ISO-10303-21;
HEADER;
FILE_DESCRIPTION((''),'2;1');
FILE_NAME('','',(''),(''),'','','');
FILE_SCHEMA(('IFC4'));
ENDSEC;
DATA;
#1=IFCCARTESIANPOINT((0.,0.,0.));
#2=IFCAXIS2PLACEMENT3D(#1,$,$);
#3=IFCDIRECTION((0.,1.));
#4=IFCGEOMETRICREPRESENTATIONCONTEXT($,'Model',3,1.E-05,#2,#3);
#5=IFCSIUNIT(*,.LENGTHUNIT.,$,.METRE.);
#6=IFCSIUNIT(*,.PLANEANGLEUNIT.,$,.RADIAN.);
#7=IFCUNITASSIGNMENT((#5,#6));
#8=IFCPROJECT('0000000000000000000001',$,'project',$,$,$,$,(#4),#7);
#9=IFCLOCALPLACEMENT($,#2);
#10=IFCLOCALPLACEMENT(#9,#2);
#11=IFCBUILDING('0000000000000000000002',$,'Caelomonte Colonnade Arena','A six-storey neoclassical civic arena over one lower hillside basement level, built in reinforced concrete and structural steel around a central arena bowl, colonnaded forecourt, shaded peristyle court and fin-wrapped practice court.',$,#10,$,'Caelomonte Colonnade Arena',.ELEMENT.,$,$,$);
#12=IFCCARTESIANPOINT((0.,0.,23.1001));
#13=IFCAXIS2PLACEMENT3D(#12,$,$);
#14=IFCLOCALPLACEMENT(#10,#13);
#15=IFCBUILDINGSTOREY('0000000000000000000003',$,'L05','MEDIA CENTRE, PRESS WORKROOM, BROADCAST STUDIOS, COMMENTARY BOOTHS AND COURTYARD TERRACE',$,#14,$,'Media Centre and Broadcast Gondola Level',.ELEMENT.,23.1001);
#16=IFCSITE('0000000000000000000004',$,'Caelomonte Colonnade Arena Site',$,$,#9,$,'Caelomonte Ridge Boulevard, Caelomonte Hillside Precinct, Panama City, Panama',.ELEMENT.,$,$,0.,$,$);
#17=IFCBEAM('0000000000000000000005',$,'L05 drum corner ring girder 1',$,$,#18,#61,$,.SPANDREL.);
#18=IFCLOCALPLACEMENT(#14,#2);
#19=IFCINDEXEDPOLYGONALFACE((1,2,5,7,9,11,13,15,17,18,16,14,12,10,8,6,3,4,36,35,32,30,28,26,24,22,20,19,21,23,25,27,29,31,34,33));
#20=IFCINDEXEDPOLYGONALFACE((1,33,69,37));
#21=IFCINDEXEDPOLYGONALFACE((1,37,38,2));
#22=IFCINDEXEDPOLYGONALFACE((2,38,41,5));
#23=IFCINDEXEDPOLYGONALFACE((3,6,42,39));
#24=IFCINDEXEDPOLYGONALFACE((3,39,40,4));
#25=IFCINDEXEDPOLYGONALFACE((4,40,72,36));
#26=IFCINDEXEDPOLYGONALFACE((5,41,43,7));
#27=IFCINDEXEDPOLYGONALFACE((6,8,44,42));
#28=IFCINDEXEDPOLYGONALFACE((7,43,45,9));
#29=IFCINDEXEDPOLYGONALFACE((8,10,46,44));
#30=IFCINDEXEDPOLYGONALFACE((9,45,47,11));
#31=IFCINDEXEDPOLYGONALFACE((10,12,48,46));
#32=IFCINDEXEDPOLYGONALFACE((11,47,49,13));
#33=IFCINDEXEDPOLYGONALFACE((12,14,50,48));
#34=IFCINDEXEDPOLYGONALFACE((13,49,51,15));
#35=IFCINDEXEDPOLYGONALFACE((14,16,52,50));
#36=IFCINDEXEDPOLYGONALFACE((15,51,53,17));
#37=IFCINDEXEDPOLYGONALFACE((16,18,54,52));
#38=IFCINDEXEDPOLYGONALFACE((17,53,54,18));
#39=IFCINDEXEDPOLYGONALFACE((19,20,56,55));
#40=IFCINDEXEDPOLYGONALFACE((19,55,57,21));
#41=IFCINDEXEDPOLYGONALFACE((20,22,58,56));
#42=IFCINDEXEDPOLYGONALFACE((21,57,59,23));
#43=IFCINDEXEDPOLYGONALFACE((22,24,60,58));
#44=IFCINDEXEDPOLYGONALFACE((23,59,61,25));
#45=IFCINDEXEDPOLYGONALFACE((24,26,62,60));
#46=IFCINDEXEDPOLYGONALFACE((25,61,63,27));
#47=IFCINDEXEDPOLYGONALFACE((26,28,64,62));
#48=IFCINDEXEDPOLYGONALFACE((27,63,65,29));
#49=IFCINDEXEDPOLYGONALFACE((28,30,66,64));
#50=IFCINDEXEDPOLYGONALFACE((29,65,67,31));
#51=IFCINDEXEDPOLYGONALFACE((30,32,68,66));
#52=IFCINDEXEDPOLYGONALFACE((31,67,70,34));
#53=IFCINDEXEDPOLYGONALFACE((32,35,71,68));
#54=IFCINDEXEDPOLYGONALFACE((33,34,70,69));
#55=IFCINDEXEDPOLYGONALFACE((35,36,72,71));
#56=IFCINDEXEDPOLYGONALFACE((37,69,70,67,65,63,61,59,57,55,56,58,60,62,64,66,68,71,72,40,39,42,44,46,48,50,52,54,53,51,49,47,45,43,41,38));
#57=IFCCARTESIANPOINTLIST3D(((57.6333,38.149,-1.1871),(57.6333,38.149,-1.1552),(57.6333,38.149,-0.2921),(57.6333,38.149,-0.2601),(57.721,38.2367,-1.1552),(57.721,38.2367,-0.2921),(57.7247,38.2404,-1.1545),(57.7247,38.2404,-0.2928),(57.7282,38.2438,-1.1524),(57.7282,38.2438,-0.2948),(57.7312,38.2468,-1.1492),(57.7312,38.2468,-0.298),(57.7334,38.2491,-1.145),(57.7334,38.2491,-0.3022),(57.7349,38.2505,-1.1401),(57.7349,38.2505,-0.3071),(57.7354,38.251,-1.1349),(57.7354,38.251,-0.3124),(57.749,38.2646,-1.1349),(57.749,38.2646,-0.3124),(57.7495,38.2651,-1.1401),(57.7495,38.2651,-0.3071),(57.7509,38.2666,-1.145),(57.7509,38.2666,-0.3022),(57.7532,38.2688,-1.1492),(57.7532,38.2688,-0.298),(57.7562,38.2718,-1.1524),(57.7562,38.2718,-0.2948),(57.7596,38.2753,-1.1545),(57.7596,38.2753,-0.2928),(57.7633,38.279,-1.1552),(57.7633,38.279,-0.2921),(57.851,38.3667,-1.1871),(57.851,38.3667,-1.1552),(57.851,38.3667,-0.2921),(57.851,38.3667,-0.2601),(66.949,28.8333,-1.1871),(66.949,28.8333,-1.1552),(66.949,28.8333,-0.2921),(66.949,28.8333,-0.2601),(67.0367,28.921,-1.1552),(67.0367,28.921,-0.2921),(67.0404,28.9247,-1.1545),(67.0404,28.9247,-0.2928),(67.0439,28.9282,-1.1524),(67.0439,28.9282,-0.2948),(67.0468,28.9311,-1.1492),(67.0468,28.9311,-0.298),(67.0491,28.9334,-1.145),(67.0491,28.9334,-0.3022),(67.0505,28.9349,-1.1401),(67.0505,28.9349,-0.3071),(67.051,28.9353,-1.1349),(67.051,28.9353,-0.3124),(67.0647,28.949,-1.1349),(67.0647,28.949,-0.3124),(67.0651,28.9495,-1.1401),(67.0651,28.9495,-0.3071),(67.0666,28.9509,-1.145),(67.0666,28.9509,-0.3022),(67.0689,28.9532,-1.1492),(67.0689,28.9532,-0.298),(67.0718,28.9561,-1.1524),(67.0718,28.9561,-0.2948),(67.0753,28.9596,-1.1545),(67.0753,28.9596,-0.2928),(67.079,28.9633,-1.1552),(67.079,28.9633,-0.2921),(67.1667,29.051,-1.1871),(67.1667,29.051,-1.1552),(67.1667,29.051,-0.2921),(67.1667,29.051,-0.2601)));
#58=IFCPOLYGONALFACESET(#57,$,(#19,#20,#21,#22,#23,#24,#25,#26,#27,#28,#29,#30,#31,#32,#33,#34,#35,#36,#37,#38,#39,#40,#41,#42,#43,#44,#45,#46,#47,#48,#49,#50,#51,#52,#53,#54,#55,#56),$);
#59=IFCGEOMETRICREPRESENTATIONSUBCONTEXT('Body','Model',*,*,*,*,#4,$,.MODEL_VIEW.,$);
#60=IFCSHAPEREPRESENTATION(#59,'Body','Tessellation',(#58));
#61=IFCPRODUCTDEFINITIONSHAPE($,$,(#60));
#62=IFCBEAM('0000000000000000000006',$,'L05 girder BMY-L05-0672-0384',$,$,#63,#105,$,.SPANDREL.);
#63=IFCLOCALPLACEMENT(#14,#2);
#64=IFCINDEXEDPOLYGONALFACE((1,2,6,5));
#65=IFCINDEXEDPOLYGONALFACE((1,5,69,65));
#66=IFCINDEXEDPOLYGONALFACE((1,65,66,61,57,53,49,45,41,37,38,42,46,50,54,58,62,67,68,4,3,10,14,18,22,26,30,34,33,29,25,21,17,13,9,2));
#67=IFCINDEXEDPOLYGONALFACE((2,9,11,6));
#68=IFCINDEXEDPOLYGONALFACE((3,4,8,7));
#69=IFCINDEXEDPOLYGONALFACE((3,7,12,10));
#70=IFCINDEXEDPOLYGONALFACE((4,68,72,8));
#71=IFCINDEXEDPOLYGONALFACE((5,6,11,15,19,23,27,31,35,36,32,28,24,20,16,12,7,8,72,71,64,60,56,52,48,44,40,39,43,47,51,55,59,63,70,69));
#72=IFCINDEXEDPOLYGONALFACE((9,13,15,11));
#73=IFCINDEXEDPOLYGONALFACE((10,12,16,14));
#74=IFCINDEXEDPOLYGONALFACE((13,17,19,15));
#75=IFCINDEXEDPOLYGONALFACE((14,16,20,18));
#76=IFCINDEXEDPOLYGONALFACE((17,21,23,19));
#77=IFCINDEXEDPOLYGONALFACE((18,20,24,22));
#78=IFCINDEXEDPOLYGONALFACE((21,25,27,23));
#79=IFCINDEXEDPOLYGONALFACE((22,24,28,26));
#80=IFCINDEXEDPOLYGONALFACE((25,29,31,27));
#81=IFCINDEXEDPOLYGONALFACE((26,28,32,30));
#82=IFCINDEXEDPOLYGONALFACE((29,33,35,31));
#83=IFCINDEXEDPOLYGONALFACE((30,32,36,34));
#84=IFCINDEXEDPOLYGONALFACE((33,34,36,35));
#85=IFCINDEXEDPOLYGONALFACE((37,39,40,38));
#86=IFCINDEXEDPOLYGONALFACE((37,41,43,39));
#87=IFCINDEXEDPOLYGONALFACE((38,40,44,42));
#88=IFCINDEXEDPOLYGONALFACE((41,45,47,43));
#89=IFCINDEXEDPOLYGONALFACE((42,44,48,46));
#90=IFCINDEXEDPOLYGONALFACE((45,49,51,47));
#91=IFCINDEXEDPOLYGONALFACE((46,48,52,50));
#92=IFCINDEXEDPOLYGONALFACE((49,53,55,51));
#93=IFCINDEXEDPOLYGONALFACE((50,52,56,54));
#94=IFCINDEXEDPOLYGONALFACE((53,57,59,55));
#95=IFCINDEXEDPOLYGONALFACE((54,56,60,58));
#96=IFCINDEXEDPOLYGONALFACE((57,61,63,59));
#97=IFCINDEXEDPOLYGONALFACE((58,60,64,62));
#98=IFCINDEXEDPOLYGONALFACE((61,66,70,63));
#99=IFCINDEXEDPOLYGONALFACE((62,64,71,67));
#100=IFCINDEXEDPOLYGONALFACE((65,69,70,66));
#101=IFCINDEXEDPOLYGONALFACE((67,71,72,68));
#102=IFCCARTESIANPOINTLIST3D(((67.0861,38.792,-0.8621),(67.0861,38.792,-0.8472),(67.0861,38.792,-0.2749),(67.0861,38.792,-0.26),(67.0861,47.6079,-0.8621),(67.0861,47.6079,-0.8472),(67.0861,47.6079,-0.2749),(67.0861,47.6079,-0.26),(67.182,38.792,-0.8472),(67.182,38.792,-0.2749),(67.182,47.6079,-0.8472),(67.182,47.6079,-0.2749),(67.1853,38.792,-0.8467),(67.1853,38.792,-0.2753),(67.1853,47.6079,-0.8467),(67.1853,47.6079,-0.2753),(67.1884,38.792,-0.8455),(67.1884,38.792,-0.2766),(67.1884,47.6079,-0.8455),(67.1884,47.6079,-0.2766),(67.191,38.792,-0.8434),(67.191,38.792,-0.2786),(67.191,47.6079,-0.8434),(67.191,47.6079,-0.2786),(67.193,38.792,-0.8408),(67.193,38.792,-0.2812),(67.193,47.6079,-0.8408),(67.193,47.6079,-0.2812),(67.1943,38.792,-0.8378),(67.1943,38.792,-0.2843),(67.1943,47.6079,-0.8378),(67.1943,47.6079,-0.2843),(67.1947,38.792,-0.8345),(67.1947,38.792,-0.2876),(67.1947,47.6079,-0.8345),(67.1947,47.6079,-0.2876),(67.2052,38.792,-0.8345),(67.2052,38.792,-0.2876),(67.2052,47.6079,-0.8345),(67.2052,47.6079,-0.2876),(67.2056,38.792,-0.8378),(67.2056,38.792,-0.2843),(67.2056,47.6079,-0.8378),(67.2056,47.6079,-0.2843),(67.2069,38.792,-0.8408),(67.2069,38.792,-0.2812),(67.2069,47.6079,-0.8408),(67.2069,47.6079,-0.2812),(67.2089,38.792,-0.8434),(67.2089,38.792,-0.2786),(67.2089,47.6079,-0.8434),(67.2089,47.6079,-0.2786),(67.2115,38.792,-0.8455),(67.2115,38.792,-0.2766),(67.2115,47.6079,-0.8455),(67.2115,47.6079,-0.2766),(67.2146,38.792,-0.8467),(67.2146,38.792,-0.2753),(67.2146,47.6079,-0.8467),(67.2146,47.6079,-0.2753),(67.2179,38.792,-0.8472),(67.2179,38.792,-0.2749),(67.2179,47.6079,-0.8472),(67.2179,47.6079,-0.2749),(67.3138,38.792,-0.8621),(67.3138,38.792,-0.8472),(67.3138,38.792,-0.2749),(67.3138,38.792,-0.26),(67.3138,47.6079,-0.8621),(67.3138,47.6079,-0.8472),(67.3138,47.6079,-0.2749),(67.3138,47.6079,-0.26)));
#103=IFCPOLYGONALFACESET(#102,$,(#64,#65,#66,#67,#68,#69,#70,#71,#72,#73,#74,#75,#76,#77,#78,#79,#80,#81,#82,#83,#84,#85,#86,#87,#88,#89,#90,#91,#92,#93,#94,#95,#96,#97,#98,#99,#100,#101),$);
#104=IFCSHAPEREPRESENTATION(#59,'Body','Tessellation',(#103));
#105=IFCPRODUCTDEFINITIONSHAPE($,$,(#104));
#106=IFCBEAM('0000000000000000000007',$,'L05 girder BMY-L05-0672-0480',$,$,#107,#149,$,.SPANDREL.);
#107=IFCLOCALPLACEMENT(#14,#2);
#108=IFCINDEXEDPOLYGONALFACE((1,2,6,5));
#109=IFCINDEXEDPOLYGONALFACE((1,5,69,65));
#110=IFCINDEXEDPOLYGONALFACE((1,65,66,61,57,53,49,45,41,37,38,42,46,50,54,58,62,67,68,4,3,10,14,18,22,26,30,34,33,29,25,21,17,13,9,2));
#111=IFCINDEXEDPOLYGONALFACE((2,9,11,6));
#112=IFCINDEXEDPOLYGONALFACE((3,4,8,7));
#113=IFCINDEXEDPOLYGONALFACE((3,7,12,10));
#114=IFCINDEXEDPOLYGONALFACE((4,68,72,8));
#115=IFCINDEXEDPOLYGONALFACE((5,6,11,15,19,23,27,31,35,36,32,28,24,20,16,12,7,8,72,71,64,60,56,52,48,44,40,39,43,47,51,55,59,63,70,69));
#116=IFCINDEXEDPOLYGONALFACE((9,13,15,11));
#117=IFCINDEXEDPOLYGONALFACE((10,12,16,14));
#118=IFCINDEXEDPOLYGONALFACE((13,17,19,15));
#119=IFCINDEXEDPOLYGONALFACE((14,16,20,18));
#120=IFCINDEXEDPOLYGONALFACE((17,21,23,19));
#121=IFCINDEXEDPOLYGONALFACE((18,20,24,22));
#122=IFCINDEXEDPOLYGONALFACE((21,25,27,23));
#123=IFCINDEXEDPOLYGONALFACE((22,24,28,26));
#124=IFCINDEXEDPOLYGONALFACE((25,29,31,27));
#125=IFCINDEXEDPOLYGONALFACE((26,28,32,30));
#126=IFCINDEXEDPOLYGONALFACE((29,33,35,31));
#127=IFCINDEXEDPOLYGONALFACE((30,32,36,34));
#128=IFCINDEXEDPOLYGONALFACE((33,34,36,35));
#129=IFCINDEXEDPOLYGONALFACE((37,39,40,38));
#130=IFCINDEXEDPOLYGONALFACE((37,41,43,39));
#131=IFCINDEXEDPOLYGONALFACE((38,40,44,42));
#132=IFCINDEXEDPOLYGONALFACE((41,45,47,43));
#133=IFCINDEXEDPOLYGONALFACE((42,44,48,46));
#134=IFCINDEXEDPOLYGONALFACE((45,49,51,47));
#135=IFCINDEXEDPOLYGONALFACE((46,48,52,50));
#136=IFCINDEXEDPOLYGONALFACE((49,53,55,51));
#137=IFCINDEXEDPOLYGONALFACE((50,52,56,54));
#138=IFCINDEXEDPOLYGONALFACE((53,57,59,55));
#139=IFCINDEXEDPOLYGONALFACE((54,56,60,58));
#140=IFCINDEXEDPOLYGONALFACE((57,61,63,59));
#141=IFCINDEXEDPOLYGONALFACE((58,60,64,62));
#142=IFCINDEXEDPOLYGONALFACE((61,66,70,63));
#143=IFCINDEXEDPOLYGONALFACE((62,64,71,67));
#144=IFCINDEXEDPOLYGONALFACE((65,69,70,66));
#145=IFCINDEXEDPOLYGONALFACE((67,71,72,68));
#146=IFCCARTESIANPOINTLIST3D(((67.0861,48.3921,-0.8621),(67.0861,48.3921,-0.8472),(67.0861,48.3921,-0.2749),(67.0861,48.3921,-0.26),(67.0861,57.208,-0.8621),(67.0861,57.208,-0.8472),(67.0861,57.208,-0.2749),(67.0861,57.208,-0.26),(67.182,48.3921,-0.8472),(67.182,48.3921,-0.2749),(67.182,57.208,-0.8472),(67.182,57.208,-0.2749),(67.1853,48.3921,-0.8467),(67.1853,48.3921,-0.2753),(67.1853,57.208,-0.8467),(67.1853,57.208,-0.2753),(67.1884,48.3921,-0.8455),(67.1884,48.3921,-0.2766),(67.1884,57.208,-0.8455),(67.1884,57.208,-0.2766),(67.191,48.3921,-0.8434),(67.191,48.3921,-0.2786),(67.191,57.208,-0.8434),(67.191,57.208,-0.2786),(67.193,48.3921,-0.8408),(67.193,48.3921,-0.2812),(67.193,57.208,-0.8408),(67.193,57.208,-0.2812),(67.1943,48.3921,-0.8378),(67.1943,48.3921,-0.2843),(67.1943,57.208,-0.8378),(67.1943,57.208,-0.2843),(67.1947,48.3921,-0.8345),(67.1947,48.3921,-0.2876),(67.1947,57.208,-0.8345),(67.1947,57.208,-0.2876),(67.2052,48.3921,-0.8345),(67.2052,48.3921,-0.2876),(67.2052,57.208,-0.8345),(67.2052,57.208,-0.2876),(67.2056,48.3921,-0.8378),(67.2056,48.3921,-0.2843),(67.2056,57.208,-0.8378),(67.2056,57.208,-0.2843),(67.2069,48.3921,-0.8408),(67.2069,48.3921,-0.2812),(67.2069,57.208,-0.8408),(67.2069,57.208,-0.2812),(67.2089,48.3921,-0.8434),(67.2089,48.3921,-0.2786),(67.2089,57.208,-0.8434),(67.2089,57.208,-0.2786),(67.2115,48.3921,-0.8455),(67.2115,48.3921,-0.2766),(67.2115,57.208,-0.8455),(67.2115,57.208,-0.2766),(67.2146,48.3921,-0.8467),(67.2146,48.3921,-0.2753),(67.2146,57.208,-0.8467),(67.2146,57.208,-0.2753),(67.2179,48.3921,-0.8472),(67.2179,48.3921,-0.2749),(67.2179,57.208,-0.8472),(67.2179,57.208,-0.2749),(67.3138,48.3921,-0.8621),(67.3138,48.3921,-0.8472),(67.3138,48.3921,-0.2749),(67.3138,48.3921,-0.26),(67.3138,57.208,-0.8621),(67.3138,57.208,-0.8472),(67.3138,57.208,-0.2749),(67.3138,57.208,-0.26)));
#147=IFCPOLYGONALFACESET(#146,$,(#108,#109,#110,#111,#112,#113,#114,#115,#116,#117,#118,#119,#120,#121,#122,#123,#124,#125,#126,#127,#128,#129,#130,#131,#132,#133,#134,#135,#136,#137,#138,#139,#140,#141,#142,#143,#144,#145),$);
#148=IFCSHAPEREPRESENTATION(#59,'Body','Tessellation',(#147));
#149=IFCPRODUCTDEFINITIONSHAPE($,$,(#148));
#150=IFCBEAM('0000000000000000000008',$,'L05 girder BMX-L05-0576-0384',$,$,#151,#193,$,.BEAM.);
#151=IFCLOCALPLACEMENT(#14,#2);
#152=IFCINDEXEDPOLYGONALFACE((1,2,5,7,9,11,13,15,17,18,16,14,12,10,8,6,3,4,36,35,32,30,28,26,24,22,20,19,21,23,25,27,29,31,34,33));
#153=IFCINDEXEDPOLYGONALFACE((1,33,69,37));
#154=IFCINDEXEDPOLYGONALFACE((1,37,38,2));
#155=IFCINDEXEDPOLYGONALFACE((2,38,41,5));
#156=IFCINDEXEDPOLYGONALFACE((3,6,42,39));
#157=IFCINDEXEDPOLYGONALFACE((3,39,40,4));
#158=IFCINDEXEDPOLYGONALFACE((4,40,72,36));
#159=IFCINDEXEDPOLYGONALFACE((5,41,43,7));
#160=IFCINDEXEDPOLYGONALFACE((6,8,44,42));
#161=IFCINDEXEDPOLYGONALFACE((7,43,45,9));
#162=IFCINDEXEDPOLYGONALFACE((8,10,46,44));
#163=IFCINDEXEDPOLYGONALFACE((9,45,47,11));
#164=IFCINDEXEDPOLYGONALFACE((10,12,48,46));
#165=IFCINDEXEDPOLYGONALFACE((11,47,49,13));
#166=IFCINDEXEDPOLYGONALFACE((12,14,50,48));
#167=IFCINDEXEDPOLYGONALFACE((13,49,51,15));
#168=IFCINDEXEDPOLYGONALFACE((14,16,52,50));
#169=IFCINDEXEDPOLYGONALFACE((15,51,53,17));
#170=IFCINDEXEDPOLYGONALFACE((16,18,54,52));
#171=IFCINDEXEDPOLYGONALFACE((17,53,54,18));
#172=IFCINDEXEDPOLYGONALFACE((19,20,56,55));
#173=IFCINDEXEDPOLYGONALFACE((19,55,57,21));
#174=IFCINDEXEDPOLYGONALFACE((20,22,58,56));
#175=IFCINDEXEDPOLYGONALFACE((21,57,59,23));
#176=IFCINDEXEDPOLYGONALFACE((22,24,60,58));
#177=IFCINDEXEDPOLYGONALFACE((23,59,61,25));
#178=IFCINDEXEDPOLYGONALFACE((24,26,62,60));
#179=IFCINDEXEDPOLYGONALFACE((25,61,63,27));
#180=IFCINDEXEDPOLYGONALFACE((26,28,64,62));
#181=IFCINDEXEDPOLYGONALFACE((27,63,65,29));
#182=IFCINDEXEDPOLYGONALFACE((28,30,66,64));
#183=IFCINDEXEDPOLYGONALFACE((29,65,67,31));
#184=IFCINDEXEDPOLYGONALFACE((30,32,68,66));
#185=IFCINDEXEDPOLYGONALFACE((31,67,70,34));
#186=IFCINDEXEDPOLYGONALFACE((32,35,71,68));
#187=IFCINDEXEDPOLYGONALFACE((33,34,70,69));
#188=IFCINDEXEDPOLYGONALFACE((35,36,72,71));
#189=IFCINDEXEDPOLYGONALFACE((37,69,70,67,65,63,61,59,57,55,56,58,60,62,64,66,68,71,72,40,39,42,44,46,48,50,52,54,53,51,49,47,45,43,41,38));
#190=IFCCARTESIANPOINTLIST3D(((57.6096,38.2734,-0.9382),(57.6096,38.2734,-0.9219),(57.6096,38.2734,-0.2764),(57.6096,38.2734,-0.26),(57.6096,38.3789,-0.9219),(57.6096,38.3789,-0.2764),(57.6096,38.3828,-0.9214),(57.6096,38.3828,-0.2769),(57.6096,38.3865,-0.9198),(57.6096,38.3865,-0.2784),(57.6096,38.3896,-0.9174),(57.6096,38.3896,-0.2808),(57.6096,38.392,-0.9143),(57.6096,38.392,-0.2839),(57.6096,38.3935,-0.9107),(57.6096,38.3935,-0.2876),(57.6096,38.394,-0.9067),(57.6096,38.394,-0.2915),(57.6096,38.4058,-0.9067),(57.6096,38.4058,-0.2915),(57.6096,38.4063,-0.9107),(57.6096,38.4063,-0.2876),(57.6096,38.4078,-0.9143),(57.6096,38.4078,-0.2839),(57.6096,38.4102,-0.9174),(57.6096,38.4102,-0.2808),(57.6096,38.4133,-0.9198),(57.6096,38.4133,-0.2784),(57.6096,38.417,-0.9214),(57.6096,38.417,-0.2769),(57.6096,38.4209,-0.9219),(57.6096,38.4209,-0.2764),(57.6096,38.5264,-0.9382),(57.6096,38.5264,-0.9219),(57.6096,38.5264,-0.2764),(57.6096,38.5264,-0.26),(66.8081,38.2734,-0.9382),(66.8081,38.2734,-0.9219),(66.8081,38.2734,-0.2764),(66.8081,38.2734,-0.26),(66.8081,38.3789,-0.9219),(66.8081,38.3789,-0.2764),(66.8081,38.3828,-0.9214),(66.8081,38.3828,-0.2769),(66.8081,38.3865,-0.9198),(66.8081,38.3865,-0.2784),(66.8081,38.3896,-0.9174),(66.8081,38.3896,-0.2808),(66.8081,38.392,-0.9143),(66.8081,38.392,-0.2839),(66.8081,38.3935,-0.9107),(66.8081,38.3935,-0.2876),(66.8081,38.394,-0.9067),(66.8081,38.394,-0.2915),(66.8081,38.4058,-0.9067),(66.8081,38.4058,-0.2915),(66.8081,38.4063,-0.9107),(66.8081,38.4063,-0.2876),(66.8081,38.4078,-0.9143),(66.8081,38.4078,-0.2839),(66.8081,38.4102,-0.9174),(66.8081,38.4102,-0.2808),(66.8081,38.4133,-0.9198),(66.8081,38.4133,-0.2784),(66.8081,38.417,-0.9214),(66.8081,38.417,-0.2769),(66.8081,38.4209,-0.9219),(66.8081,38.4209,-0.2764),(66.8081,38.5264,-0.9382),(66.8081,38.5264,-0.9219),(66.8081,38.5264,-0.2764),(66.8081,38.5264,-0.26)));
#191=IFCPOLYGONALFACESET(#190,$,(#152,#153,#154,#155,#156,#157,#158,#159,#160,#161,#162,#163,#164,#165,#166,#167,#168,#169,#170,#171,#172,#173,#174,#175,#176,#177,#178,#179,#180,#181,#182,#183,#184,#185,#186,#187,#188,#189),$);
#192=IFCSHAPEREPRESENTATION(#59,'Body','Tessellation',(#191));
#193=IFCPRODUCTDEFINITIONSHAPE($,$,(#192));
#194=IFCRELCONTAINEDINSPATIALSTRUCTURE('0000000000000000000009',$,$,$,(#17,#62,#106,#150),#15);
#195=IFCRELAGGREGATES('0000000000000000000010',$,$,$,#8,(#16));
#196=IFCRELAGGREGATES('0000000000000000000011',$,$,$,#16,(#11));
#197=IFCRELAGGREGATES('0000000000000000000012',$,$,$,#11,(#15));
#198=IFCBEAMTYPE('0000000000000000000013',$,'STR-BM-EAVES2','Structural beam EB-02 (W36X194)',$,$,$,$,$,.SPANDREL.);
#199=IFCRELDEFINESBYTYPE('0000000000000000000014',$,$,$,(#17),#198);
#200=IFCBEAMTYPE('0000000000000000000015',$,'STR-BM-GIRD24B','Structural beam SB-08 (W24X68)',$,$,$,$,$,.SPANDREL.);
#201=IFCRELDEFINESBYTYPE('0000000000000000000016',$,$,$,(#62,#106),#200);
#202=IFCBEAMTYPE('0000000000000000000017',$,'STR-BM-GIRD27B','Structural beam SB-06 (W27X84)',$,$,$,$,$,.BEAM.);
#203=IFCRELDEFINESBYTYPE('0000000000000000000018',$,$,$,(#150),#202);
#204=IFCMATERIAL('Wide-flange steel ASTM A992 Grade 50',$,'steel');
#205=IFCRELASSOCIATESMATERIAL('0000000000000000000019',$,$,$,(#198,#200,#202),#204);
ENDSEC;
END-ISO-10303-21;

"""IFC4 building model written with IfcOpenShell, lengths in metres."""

from ifc_helpers import new_model, si_unit, direction, frame, origin, origin_2d, place, context, subcontext, project, spatial, i_section, extrude, material, material_profile, profile_set, type_object, element, save


model = new_model("IFC4")

# Units and contexts
model_context = context("Model", 3, precision=1e-05, world=origin(), true_north=direction((0.0, 1.0)))
body_context = subcontext(model_context, "Body", "Model", "MODEL_VIEW")
ifc_project = project(units=[si_unit("LENGTHUNIT", "METRE"), si_unit("PLANEANGLEUNIT", "RADIAN")], contexts=[model_context])

# Site, building, storey
site_placement = place(None, origin())
site = spatial("IfcSite", under=ifc_project, at=site_placement, Name="Caelomonte Colonnade Arena Site", LongName="Caelomonte Ridge Boulevard, Caelomonte Hillside Precinct, Panama City, Panama", CompositionType="ELEMENT", RefElevation=0.0)
building_placement = place(site_placement, origin())
building = spatial("IfcBuilding", under=site, at=building_placement, Name="Caelomonte Colonnade Arena", Description="A six-storey neoclassical civic arena over one lower hillside basement level, built in reinforced concrete and structural steel around a central arena bowl, colonnaded forecourt, shaded peristyle court and fin-wrapped practice court.", LongName="Caelomonte Colonnade Arena", CompositionType="ELEMENT")
storey_placement = place(building_placement, frame((0.0, 0.0, 23.1001)))
storey = spatial("IfcBuildingStorey", under=building, at=storey_placement, Name="L05", Description="MEDIA CENTRE, PRESS WORKROOM, BROADCAST STUDIOS, COMMENTARY BOOTHS AND COURTYARD TERRACE", LongName="Media Centre and Broadcast Gondola Level", CompositionType="ELEMENT", Elevation=23.1001)

# Shared definitions
ifc_material_1 = material(Name="Wide-flange steel ASTM A992 Grade 50", Category="steel")

# Beams
ifc_material_profile_1 = material_profile(ifc_material_1, i_section(OverallWidth=0.3079, OverallDepth=0.927, WebThickness=0.0193, FlangeThickness=0.032, FilletRadius=0.0203, at=origin_2d()), Name="W36X194")
ifc_profile_set_1 = profile_set([ifc_material_profile_1], Name="Wide-flange steel ASTM A992 Grade 50")
beam_type_1 = type_object("IfcBeamType", Name="STR-BM-EAVES2", Description="Structural beam EB-02 (W36X194)", PredefinedType="SPANDREL", material=ifc_profile_set_1)
beam_1_placement = place(storey_placement, frame((57.7422, 38.2578, -0.7236), z_axis=(0.707107, -0.707107, 0.0), x_axis=(0.707107, 0.707107, 0.0)))
element("IfcBeam", 1, at=beam_1_placement, inside=storey, type_object=beam_type_1, Name="L05 drum corner ring girder 1", PredefinedType="SPANDREL", context=body_context, shape_type="SweptSolid", body=[
    extrude(i_section(OverallWidth=0.3079, OverallDepth=0.927, WebThickness=0.0193, FlangeThickness=0.032, FilletRadius=0.0203, at=origin_2d()), origin(), (0.0, 0.0, 1.0), 13.1743),
])
ifc_material_profile_2 = material_profile(ifc_material_1, i_section(OverallWidth=0.2278, OverallDepth=0.6021, WebThickness=0.0105, FlangeThickness=0.0149, FilletRadius=0.0127, at=origin_2d()), Name="W24X68")
ifc_profile_set_2 = profile_set([ifc_material_profile_2], Name="Wide-flange steel ASTM A992 Grade 50")
beam_type_2 = type_object("IfcBeamType", Name="STR-BM-GIRD24B", Description="Structural beam SB-08 (W24X68)", PredefinedType="SPANDREL", material=ifc_profile_set_2)
for number, where, z_axis, x_axis, name in (
    (2, (67.2, 38.792, -0.561), (0.0, 1.0, 0.0), (-1.0, 0.0, 0.0), "L05 girder BMY-L05-0672-0384"),
    (3, (67.2, 48.3921, -0.561), (0.0, 1.0, 0.0), (-1.0, 0.0, 0.0), "L05 girder BMY-L05-0672-0480"),
):
    element("IfcBeam", number, at=place(storey_placement, frame(where, z_axis=z_axis, x_axis=x_axis)), inside=storey, type_object=beam_type_2, Name=name, PredefinedType="SPANDREL", context=body_context, shape_type="SweptSolid", body=[
        extrude(i_section(OverallWidth=0.2278, OverallDepth=0.6021, WebThickness=0.0105, FlangeThickness=0.0149, FilletRadius=0.0127, at=origin_2d()), origin(), (0.0, 0.0, 1.0), 8.8159),
    ])
ifc_material_profile_3 = material_profile(ifc_material_1, i_section(OverallWidth=0.2529, OverallDepth=0.6782, WebThickness=0.0117, FlangeThickness=0.0164, FilletRadius=0.0151, at=origin_2d()), Name="W27X84")
ifc_profile_set_3 = profile_set([ifc_material_profile_3], Name="Wide-flange steel ASTM A992 Grade 50")
beam_type_3 = type_object("IfcBeamType", Name="STR-BM-GIRD27B", Description="Structural beam SB-06 (W27X84)", PredefinedType="BEAM", material=ifc_profile_set_3)
for number, where, z_axis, x_axis, name in (
    (4, (57.6096, 38.3999, -0.5991), (1.0, 0.0, 0.0), (0.0, 1.0, 0.0), "L05 girder BMX-L05-0576-0384"),
):
    element("IfcBeam", number, at=place(storey_placement, frame(where, z_axis=z_axis, x_axis=x_axis)), inside=storey, type_object=beam_type_3, Name=name, PredefinedType="BEAM", context=body_context, shape_type="SweptSolid", body=[
        extrude(i_section(OverallWidth=0.2529, OverallDepth=0.6782, WebThickness=0.0117, FlangeThickness=0.0164, FilletRadius=0.0151, at=origin_2d()), origin(), (0.0, 0.0, 1.0), 9.1985),
    ])

save(model, "model.ifc")
